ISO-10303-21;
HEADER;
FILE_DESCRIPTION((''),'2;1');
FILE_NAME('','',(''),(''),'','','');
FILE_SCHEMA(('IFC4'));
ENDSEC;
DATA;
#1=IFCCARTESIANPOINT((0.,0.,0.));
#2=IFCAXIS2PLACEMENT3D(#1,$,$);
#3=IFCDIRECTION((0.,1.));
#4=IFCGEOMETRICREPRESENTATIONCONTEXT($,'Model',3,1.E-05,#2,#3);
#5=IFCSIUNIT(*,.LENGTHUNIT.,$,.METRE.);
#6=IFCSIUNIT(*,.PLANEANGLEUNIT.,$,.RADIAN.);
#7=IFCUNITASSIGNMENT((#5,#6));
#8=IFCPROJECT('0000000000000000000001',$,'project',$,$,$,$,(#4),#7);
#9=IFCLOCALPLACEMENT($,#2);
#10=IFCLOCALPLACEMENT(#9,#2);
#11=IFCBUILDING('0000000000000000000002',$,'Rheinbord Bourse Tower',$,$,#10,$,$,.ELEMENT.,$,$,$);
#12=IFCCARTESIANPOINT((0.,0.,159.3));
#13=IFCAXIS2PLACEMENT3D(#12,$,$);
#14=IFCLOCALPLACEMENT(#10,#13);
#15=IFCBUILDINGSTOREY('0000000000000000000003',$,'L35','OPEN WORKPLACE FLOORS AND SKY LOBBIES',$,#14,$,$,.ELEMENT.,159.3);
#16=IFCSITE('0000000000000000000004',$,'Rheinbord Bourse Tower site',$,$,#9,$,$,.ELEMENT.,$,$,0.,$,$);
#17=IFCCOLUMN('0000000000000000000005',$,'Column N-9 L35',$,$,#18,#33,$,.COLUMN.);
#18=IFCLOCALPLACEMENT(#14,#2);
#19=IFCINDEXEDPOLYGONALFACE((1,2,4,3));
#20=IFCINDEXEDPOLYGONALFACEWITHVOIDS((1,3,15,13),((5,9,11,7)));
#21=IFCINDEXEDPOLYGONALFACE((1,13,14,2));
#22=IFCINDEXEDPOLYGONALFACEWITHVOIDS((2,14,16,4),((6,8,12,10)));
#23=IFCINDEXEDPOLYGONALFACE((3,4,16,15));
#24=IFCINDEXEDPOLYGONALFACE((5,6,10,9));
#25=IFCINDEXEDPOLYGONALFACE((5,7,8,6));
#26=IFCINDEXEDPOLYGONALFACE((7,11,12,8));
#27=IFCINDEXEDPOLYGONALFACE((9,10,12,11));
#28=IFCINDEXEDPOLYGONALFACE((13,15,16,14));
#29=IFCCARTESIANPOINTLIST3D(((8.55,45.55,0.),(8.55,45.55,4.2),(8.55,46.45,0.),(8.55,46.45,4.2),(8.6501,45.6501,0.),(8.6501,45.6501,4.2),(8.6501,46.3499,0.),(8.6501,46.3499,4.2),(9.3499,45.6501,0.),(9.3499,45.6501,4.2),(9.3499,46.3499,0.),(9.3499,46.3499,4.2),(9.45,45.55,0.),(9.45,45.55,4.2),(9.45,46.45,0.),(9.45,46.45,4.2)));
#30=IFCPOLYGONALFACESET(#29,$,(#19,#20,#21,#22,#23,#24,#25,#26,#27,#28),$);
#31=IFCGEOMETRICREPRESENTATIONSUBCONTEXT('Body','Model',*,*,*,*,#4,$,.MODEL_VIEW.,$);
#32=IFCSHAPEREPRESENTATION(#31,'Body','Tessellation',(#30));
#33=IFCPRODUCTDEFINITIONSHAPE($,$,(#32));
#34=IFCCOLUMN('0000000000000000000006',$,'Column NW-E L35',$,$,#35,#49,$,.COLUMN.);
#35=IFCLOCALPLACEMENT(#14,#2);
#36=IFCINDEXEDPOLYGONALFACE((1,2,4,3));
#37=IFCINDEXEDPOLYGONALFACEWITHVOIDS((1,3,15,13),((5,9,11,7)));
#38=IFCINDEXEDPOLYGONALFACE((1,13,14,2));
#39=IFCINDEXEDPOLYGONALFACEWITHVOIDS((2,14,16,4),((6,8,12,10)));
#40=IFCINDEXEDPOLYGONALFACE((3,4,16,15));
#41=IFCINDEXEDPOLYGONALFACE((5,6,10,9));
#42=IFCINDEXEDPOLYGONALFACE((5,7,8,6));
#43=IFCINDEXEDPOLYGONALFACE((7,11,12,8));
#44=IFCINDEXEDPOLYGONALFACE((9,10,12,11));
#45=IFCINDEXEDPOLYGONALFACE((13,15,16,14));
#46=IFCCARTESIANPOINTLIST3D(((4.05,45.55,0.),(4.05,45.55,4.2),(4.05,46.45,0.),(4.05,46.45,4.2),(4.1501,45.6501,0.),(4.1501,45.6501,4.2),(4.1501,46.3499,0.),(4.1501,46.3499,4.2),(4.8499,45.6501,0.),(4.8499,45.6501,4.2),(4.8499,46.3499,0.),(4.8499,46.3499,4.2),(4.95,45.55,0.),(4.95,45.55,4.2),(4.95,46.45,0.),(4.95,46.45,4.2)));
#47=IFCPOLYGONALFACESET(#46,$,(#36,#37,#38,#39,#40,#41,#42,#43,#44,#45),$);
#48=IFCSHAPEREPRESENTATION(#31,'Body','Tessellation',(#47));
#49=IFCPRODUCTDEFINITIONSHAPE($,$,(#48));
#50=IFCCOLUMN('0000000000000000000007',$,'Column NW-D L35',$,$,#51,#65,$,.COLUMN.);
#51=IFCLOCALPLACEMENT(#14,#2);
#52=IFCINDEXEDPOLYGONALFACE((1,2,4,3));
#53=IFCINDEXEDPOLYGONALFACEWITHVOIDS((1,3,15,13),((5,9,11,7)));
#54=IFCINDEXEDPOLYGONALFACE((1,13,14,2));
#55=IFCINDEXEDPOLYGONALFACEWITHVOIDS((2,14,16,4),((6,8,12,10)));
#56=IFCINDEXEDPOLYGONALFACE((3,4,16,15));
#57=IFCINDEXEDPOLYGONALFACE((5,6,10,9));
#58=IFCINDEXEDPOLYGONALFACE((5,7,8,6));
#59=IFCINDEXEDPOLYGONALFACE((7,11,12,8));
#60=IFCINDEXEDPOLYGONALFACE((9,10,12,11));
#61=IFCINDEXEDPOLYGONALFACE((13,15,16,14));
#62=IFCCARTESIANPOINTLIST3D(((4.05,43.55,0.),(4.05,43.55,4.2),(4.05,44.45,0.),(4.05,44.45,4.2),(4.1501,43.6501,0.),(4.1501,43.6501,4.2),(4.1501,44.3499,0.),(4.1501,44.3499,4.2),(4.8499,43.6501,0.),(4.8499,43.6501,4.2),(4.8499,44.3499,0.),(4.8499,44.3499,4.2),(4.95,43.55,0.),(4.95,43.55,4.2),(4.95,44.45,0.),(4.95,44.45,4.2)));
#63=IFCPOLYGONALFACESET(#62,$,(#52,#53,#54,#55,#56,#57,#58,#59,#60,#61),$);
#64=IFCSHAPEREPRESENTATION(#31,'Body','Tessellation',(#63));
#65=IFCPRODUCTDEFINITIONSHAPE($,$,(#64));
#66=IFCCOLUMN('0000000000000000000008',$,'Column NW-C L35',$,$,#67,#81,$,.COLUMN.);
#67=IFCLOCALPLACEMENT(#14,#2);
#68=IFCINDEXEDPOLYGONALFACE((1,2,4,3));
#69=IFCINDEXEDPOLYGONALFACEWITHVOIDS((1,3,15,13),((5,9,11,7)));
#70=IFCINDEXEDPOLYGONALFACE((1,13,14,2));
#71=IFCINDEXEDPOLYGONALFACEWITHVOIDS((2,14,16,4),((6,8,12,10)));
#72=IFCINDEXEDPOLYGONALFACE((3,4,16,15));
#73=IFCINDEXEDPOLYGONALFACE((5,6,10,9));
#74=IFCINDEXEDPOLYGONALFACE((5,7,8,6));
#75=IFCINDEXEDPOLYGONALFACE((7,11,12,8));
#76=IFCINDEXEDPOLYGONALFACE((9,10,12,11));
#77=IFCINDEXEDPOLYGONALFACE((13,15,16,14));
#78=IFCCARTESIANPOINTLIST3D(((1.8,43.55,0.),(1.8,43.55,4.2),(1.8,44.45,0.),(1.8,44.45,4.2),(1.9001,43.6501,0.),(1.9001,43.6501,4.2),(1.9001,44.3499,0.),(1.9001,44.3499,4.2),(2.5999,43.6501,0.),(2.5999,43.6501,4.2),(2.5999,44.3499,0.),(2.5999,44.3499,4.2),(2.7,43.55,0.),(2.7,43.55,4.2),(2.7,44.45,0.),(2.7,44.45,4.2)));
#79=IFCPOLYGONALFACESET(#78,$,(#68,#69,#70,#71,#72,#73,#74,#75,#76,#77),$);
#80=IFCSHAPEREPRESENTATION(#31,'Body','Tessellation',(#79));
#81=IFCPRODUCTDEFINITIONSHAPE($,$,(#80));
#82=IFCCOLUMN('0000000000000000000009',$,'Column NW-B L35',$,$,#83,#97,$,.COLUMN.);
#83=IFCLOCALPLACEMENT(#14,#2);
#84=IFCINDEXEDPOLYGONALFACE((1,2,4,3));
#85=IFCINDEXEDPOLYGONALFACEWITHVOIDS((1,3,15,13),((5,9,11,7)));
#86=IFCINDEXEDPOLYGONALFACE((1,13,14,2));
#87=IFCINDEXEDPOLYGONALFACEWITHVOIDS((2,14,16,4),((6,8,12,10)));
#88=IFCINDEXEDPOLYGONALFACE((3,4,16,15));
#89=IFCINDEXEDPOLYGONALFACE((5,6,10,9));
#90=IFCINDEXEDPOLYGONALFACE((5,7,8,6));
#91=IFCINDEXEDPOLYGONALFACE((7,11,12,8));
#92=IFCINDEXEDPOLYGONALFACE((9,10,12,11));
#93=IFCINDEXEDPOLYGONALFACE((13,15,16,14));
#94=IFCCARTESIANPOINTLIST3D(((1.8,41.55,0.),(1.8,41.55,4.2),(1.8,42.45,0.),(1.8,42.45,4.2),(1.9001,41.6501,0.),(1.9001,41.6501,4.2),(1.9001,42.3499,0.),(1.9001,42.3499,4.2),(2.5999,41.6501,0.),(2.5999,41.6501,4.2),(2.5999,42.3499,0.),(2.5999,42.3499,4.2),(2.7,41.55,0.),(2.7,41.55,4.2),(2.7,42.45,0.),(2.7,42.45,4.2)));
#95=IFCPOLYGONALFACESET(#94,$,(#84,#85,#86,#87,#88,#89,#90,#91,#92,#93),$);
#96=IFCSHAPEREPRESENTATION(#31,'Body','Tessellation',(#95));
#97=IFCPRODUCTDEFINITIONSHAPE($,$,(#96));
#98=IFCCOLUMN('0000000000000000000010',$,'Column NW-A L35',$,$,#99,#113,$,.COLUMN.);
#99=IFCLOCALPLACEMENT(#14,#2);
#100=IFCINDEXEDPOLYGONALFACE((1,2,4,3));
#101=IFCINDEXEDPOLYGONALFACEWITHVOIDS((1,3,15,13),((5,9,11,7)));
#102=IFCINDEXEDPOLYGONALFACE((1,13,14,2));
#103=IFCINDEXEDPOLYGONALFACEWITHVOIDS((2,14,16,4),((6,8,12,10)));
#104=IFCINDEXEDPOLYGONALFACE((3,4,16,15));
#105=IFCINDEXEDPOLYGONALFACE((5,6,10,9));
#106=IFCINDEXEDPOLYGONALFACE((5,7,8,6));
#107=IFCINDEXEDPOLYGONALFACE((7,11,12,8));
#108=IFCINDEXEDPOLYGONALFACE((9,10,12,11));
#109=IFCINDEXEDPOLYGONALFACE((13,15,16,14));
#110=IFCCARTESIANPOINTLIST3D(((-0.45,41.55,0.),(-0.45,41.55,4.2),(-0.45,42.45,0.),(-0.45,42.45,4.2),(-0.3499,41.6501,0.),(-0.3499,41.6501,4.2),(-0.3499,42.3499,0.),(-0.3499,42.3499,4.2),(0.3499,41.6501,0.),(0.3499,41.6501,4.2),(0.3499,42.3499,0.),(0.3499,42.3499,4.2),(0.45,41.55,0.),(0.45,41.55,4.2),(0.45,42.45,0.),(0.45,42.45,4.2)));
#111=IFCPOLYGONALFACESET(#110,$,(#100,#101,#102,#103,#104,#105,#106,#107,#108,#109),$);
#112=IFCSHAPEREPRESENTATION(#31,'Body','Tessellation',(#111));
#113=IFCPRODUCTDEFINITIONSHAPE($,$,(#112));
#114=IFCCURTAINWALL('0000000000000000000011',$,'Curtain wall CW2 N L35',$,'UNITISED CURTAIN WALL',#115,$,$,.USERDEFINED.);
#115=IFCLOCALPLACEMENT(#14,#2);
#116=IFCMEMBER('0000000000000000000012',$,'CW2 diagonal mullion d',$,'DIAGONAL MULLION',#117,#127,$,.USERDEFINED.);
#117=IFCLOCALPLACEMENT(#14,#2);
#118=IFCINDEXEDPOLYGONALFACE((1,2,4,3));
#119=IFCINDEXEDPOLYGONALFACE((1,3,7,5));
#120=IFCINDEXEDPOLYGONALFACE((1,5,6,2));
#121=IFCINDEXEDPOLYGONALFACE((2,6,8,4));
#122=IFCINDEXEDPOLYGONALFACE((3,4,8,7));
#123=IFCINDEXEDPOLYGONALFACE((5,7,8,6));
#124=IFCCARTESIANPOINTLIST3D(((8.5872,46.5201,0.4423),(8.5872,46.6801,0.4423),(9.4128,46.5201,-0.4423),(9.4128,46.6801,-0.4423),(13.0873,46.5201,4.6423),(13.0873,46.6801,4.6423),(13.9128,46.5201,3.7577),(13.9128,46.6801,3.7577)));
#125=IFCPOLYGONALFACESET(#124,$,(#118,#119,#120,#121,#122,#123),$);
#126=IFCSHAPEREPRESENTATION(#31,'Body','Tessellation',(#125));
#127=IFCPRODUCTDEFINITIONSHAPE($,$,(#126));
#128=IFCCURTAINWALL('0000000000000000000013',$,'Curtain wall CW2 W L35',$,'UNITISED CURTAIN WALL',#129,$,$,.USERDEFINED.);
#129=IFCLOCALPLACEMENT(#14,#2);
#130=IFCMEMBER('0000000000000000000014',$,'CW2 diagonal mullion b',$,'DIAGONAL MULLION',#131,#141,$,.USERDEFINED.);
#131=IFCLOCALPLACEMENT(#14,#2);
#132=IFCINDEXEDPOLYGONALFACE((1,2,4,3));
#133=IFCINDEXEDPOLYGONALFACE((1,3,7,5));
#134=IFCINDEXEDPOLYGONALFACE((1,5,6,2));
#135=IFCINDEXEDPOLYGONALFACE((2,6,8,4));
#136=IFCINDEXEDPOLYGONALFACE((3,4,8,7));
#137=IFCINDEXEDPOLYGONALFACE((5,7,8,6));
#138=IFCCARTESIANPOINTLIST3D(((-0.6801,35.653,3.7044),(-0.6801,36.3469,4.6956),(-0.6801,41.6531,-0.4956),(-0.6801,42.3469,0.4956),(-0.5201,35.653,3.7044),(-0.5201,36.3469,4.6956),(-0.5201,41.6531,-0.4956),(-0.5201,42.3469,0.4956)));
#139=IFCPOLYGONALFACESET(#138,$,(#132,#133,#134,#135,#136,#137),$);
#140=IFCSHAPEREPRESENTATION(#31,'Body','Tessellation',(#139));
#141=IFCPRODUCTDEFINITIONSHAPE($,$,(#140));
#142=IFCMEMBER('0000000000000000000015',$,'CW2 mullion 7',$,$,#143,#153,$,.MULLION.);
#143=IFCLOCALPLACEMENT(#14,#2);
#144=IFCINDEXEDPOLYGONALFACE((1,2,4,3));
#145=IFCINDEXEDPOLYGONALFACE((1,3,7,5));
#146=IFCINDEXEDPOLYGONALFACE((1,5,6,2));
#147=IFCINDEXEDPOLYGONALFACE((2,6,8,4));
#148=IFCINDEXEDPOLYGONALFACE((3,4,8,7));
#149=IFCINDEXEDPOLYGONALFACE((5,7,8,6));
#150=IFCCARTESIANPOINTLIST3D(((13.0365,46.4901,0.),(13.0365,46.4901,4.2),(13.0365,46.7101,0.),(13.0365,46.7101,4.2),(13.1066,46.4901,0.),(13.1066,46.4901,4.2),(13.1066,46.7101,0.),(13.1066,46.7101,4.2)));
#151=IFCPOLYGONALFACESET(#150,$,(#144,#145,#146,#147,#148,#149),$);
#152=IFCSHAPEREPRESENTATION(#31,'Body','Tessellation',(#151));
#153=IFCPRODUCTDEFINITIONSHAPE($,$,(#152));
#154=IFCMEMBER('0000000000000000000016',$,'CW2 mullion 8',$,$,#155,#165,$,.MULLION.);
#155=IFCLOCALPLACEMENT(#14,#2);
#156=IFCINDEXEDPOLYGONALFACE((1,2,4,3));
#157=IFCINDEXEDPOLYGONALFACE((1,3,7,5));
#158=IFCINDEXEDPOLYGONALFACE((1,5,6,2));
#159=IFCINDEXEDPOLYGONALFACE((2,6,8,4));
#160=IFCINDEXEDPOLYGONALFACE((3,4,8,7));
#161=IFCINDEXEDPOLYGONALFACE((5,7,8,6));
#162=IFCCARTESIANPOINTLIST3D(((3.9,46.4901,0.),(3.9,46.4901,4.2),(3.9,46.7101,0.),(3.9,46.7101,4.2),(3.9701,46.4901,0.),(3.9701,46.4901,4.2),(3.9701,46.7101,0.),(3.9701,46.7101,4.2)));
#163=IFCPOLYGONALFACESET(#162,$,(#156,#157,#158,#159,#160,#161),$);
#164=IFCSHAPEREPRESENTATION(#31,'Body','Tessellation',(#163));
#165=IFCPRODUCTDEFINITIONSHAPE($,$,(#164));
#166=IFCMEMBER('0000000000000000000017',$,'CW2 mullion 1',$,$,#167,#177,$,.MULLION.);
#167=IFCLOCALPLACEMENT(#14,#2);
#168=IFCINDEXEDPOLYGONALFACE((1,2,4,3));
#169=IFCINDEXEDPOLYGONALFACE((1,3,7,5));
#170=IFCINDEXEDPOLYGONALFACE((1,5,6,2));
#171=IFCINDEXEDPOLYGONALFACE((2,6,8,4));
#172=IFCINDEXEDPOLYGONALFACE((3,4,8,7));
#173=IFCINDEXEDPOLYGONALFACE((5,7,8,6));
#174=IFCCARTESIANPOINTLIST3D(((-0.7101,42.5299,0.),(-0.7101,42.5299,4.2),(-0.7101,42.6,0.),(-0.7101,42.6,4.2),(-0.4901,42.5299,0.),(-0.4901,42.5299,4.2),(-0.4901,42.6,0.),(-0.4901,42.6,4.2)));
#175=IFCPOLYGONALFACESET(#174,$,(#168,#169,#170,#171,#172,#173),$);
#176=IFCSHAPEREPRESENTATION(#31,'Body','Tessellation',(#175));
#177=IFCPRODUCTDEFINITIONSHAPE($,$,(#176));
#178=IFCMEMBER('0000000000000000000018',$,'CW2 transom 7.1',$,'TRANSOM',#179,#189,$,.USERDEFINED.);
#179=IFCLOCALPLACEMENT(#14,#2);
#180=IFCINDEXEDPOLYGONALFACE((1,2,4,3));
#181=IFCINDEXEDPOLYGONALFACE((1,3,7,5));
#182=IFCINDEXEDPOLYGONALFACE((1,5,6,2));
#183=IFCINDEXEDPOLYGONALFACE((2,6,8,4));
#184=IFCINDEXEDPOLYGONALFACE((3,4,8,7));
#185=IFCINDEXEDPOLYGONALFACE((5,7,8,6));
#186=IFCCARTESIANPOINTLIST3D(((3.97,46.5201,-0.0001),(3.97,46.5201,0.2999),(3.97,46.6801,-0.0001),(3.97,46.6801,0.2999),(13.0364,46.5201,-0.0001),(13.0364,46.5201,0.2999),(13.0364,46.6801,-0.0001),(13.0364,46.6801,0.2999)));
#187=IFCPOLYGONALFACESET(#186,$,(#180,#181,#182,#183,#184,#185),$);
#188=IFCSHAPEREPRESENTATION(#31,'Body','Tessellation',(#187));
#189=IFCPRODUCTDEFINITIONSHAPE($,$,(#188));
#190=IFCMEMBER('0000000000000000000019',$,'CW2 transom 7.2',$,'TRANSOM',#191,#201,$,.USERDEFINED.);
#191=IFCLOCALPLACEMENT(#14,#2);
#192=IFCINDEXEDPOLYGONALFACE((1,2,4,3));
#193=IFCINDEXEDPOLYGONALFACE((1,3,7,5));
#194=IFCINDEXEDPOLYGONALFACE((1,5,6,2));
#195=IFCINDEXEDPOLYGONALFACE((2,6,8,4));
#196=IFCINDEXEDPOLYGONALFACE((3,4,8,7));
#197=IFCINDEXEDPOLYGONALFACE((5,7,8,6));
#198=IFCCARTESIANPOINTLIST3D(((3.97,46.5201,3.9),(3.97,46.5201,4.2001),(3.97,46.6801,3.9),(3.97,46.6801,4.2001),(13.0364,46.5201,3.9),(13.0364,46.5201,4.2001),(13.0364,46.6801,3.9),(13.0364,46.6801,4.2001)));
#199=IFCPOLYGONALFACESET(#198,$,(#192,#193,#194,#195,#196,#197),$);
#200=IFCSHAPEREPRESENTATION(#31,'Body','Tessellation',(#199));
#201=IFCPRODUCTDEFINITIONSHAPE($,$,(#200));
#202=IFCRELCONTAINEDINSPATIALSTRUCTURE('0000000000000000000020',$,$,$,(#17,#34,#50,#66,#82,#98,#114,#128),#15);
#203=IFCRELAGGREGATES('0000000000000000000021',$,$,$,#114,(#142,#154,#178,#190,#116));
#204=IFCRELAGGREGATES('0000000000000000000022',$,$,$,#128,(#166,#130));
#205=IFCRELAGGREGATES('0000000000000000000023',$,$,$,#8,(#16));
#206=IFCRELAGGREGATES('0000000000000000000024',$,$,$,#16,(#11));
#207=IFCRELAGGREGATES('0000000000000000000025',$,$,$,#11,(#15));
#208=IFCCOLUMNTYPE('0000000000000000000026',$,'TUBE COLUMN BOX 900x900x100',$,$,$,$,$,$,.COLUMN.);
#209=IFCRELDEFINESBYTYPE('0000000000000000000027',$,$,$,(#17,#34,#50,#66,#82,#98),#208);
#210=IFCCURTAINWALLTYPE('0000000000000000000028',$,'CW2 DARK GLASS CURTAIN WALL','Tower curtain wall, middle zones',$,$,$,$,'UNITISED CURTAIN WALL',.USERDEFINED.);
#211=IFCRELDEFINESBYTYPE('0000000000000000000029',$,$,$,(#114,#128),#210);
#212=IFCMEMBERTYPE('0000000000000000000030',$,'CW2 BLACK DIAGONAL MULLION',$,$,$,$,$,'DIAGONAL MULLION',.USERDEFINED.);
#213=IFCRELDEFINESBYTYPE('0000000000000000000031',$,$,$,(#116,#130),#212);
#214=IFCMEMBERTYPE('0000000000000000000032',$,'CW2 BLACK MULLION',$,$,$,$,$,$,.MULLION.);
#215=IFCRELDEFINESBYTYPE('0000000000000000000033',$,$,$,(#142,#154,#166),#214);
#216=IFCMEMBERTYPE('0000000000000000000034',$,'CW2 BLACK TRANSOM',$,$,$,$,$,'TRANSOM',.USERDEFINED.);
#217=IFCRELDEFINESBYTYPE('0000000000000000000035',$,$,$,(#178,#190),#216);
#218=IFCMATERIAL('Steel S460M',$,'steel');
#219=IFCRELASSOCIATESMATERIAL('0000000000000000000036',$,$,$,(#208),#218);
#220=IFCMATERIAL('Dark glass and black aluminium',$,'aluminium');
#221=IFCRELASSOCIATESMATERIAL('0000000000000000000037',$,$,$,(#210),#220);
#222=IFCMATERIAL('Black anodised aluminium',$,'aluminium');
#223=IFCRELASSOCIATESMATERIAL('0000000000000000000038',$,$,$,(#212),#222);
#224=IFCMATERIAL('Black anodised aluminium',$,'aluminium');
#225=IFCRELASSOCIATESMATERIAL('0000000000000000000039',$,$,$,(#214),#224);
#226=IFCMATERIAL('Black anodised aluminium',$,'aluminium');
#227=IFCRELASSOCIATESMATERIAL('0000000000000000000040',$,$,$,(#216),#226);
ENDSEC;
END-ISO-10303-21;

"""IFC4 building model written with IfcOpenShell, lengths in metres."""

from ifc_helpers import new_model, si_unit, direction, frame, origin, origin_2d, place, context, subcontext, project, spatial, rectangle, hollow_rectangle, extrude, material, material_profile, profile_set, type_object, element, aggregate, save


model = new_model("IFC4")

# Units and contexts
model_context = context("Model", 3, precision=1e-05, world=origin(), true_north=direction((0.0, 1.0)))
body_context = subcontext(model_context, "Body", "Model", "MODEL_VIEW")
ifc_project = project(units=[si_unit("LENGTHUNIT", "METRE"), si_unit("PLANEANGLEUNIT", "RADIAN")], contexts=[model_context])

# Site, building, storey
site_placement = place(None, origin())
site = spatial("IfcSite", under=ifc_project, at=site_placement, Name="Rheinbord Bourse Tower site", CompositionType="ELEMENT", RefElevation=0.0)
building_placement = place(site_placement, origin())
building = spatial("IfcBuilding", under=site, at=building_placement, Name="Rheinbord Bourse Tower", CompositionType="ELEMENT")
storey_placement = place(building_placement, frame((0.0, 0.0, 159.3)))
storey = spatial("IfcBuildingStorey", under=building, at=storey_placement, Name="L35", Description="OPEN WORKPLACE FLOORS AND SKY LOBBIES", CompositionType="ELEMENT", Elevation=159.3)

# Columns
ifc_material_1 = material(Name="Steel S460M", Category="steel")
ifc_material_profile_1 = material_profile(ifc_material_1, hollow_rectangle(XDim=0.8999, YDim=0.8999, WallThickness=0.1001, at=origin_2d()), Name="BOX 900x900x100")
ifc_profile_set_1 = profile_set([ifc_material_profile_1], Name="Steel S460M")
column_type = type_object("IfcColumnType", Name="TUBE COLUMN BOX 900x900x100", PredefinedType="COLUMN", material=ifc_profile_set_1)
for number, where, z_axis, x_axis, name in (
    (1, (9.0, 46.0, 0.0), (0.0, 0.0, 1.0), (0.0, 1.0, 0.0), "Column N-9 L35"),
    (2, (4.5, 46.0, 0.0), (0.0, 0.0, 1.0), (0.0, 1.0, 0.0), "Column NW-E L35"),
    (3, (4.5, 44.0, 0.0), (0.0, 0.0, 1.0), (0.0, 1.0, 0.0), "Column NW-D L35"),
    (4, (2.25, 44.0, 0.0), (0.0, 0.0, 1.0), (1.0, 0.0, 0.0), "Column NW-C L35"),
    (5, (2.25, 42.0, 0.0), (0.0, 0.0, 1.0), (1.0, 0.0, 0.0), "Column NW-B L35"),
    (6, (0.0, 42.0, 0.0), (0.0, 0.0, 1.0), (1.0, 0.0, 0.0), "Column NW-A L35"),
):
    element("IfcColumn", number, at=place(storey_placement, frame(where, z_axis=z_axis, x_axis=x_axis)), inside=storey, type_object=column_type, Name=name, PredefinedType="COLUMN", context=body_context, shape_type="SweptSolid", body=[
        extrude(hollow_rectangle(XDim=0.8999, YDim=0.8999, WallThickness=0.1001, at=origin_2d()), origin(), (0.0, 0.0, 1.0), 4.2),
    ])

# Curtain walls, members
ifc_material_2 = material(Name="Dark glass and black aluminium", Category="aluminium")
curtain_wall_type = type_object("IfcCurtainWallType", Name="CW2 DARK GLASS CURTAIN WALL", Description="Tower curtain wall, middle zones", ElementType="UNITISED CURTAIN WALL", PredefinedType="USERDEFINED", material=ifc_material_2)
curtain_wall_1_placement = place(storey_placement, origin())
curtain_wall_1 = element("IfcCurtainWall", 7, at=curtain_wall_1_placement, inside=storey, type_object=curtain_wall_type, Name="Curtain wall CW2 N L35", ObjectType="UNITISED CURTAIN WALL", PredefinedType="USERDEFINED")
ifc_material_3 = material(Name="Black anodised aluminium", Category="aluminium")
ifc_material_profile_2 = material_profile(ifc_material_3, rectangle(XDim=0.1599, YDim=1.21, at=origin_2d()), Name="CW2 DIAGONAL MULLION 1210x160")
ifc_profile_set_2 = profile_set([ifc_material_profile_2], Name="Black anodised aluminium")
member_type_1 = type_object("IfcMemberType", Name="CW2 BLACK DIAGONAL MULLION", ElementType="DIAGONAL MULLION", PredefinedType="USERDEFINED", material=ifc_profile_set_2)
member_1_placement = place(storey_placement, frame((9.0, 46.6001, 0.0), z_axis=(0.731059, 0.0, 0.682314), x_axis=(0.0, 1.0, 0.0)))
member_1 = element("IfcMember", 8, at=member_1_placement, type_object=member_type_1, Name="CW2 diagonal mullion d", ObjectType="DIAGONAL MULLION", PredefinedType="USERDEFINED", context=body_context, shape_type="SweptSolid", body=[
    extrude(rectangle(XDim=0.1599, YDim=1.21, at=origin_2d()), origin(), (0.0, 0.0, 1.0), 6.1555),
])
curtain_wall_2_placement = place(storey_placement, origin())
curtain_wall_2 = element("IfcCurtainWall", 9, at=curtain_wall_2_placement, inside=storey, type_object=curtain_wall_type, Name="Curtain wall CW2 W L35", ObjectType="UNITISED CURTAIN WALL", PredefinedType="USERDEFINED")
member_2_placement = place(storey_placement, frame((-0.6001, 42.0, 0.0), z_axis=(0.0, -0.819235, 0.573458), x_axis=(1.0, 0.0, 0.0)))
member_2 = element("IfcMember", 10, at=member_2_placement, type_object=member_type_1, Name="CW2 diagonal mullion b", ObjectType="DIAGONAL MULLION", PredefinedType="USERDEFINED", context=body_context, shape_type="SweptSolid", body=[
    extrude(rectangle(XDim=0.1599, YDim=1.21, at=origin_2d()), origin(), (0.0, 0.0, 1.0), 7.324),
])

# Members
ifc_material_4 = material(Name="Black anodised aluminium", Category="aluminium")
ifc_material_profile_3 = material_profile(ifc_material_4, rectangle(XDim=0.22, YDim=0.0701, at=origin_2d()), Name="CW2 MULLION 70x220")
ifc_profile_set_3 = profile_set([ifc_material_profile_3], Name="Black anodised aluminium")
member_type_2 = type_object("IfcMemberType", Name="CW2 BLACK MULLION", PredefinedType="MULLION", material=ifc_profile_set_3)
member_3_placement = place(storey_placement, frame((13.0715, 46.6001, 0.0), z_axis=(0.0, 0.0, 1.0), x_axis=(0.0, -1.0, 0.0)))
member_3 = element("IfcMember", 11, at=member_3_placement, type_object=member_type_2, Name="CW2 mullion 7", PredefinedType="MULLION", context=body_context, shape_type="SweptSolid", body=[
    extrude(rectangle(XDim=0.22, YDim=0.0701, at=origin_2d()), origin(), (0.0, 0.0, 1.0), 4.2),
])
member_4_placement = place(storey_placement, frame((3.9351, 46.6001, 0.0), z_axis=(0.0, 0.0, 1.0), x_axis=(0.0, -1.0, 0.0)))
member_4 = element("IfcMember", 12, at=member_4_placement, type_object=member_type_2, Name="CW2 mullion 8", PredefinedType="MULLION", context=body_context, shape_type="SweptSolid", body=[
    extrude(rectangle(XDim=0.22, YDim=0.0701, at=origin_2d()), origin(), (0.0, 0.0, 1.0), 4.2),
])
member_5_placement = place(storey_placement, frame((-0.6001, 42.5649, 0.0), z_axis=(0.0, 0.0, 1.0), x_axis=(1.0, 0.0, 0.0)))
member_5 = element("IfcMember", 13, at=member_5_placement, type_object=member_type_2, Name="CW2 mullion 1", PredefinedType="MULLION", context=body_context, shape_type="SweptSolid", body=[
    extrude(rectangle(XDim=0.22, YDim=0.0701, at=origin_2d()), origin(), (0.0, 0.0, 1.0), 4.2),
])
ifc_material_5 = material(Name="Black anodised aluminium", Category="aluminium")
ifc_material_profile_4 = material_profile(ifc_material_5, rectangle(XDim=0.1599, YDim=0.3, at=origin_2d()), Name="CW2 TRANSOM 300x160")
ifc_profile_set_4 = profile_set([ifc_material_profile_4], Name="Black anodised aluminium")
member_type_3 = type_object("IfcMemberType", Name="CW2 BLACK TRANSOM", ElementType="TRANSOM", PredefinedType="USERDEFINED", material=ifc_profile_set_4)
member_6_placement = place(storey_placement, frame((13.0364, 46.6001, 0.1499), z_axis=(-1.0, 0.0, 0.0), x_axis=(0.0, -1.0, 0.0)))
member_6 = element("IfcMember", 14, at=member_6_placement, type_object=member_type_3, Name="CW2 transom 7.1", ObjectType="TRANSOM", PredefinedType="USERDEFINED", context=body_context, shape_type="SweptSolid", body=[
    extrude(rectangle(XDim=0.1599, YDim=0.3, at=origin_2d()), origin(), (0.0, 0.0, 1.0), 9.0664),
])
member_7_placement = place(storey_placement, frame((13.0364, 46.6001, 4.05), z_axis=(-1.0, 0.0, 0.0), x_axis=(0.0, -1.0, 0.0)))
member_7 = element("IfcMember", 15, at=member_7_placement, type_object=member_type_3, Name="CW2 transom 7.2", ObjectType="TRANSOM", PredefinedType="USERDEFINED", context=body_context, shape_type="SweptSolid", body=[
    extrude(rectangle(XDim=0.1599, YDim=0.3, at=origin_2d()), origin(), (0.0, 0.0, 1.0), 9.0664),
])

aggregate(curtain_wall_1, [member_3, member_4, member_6, member_7, member_1])
aggregate(curtain_wall_2, [member_5, member_2])

save(model, "model.ifc")
